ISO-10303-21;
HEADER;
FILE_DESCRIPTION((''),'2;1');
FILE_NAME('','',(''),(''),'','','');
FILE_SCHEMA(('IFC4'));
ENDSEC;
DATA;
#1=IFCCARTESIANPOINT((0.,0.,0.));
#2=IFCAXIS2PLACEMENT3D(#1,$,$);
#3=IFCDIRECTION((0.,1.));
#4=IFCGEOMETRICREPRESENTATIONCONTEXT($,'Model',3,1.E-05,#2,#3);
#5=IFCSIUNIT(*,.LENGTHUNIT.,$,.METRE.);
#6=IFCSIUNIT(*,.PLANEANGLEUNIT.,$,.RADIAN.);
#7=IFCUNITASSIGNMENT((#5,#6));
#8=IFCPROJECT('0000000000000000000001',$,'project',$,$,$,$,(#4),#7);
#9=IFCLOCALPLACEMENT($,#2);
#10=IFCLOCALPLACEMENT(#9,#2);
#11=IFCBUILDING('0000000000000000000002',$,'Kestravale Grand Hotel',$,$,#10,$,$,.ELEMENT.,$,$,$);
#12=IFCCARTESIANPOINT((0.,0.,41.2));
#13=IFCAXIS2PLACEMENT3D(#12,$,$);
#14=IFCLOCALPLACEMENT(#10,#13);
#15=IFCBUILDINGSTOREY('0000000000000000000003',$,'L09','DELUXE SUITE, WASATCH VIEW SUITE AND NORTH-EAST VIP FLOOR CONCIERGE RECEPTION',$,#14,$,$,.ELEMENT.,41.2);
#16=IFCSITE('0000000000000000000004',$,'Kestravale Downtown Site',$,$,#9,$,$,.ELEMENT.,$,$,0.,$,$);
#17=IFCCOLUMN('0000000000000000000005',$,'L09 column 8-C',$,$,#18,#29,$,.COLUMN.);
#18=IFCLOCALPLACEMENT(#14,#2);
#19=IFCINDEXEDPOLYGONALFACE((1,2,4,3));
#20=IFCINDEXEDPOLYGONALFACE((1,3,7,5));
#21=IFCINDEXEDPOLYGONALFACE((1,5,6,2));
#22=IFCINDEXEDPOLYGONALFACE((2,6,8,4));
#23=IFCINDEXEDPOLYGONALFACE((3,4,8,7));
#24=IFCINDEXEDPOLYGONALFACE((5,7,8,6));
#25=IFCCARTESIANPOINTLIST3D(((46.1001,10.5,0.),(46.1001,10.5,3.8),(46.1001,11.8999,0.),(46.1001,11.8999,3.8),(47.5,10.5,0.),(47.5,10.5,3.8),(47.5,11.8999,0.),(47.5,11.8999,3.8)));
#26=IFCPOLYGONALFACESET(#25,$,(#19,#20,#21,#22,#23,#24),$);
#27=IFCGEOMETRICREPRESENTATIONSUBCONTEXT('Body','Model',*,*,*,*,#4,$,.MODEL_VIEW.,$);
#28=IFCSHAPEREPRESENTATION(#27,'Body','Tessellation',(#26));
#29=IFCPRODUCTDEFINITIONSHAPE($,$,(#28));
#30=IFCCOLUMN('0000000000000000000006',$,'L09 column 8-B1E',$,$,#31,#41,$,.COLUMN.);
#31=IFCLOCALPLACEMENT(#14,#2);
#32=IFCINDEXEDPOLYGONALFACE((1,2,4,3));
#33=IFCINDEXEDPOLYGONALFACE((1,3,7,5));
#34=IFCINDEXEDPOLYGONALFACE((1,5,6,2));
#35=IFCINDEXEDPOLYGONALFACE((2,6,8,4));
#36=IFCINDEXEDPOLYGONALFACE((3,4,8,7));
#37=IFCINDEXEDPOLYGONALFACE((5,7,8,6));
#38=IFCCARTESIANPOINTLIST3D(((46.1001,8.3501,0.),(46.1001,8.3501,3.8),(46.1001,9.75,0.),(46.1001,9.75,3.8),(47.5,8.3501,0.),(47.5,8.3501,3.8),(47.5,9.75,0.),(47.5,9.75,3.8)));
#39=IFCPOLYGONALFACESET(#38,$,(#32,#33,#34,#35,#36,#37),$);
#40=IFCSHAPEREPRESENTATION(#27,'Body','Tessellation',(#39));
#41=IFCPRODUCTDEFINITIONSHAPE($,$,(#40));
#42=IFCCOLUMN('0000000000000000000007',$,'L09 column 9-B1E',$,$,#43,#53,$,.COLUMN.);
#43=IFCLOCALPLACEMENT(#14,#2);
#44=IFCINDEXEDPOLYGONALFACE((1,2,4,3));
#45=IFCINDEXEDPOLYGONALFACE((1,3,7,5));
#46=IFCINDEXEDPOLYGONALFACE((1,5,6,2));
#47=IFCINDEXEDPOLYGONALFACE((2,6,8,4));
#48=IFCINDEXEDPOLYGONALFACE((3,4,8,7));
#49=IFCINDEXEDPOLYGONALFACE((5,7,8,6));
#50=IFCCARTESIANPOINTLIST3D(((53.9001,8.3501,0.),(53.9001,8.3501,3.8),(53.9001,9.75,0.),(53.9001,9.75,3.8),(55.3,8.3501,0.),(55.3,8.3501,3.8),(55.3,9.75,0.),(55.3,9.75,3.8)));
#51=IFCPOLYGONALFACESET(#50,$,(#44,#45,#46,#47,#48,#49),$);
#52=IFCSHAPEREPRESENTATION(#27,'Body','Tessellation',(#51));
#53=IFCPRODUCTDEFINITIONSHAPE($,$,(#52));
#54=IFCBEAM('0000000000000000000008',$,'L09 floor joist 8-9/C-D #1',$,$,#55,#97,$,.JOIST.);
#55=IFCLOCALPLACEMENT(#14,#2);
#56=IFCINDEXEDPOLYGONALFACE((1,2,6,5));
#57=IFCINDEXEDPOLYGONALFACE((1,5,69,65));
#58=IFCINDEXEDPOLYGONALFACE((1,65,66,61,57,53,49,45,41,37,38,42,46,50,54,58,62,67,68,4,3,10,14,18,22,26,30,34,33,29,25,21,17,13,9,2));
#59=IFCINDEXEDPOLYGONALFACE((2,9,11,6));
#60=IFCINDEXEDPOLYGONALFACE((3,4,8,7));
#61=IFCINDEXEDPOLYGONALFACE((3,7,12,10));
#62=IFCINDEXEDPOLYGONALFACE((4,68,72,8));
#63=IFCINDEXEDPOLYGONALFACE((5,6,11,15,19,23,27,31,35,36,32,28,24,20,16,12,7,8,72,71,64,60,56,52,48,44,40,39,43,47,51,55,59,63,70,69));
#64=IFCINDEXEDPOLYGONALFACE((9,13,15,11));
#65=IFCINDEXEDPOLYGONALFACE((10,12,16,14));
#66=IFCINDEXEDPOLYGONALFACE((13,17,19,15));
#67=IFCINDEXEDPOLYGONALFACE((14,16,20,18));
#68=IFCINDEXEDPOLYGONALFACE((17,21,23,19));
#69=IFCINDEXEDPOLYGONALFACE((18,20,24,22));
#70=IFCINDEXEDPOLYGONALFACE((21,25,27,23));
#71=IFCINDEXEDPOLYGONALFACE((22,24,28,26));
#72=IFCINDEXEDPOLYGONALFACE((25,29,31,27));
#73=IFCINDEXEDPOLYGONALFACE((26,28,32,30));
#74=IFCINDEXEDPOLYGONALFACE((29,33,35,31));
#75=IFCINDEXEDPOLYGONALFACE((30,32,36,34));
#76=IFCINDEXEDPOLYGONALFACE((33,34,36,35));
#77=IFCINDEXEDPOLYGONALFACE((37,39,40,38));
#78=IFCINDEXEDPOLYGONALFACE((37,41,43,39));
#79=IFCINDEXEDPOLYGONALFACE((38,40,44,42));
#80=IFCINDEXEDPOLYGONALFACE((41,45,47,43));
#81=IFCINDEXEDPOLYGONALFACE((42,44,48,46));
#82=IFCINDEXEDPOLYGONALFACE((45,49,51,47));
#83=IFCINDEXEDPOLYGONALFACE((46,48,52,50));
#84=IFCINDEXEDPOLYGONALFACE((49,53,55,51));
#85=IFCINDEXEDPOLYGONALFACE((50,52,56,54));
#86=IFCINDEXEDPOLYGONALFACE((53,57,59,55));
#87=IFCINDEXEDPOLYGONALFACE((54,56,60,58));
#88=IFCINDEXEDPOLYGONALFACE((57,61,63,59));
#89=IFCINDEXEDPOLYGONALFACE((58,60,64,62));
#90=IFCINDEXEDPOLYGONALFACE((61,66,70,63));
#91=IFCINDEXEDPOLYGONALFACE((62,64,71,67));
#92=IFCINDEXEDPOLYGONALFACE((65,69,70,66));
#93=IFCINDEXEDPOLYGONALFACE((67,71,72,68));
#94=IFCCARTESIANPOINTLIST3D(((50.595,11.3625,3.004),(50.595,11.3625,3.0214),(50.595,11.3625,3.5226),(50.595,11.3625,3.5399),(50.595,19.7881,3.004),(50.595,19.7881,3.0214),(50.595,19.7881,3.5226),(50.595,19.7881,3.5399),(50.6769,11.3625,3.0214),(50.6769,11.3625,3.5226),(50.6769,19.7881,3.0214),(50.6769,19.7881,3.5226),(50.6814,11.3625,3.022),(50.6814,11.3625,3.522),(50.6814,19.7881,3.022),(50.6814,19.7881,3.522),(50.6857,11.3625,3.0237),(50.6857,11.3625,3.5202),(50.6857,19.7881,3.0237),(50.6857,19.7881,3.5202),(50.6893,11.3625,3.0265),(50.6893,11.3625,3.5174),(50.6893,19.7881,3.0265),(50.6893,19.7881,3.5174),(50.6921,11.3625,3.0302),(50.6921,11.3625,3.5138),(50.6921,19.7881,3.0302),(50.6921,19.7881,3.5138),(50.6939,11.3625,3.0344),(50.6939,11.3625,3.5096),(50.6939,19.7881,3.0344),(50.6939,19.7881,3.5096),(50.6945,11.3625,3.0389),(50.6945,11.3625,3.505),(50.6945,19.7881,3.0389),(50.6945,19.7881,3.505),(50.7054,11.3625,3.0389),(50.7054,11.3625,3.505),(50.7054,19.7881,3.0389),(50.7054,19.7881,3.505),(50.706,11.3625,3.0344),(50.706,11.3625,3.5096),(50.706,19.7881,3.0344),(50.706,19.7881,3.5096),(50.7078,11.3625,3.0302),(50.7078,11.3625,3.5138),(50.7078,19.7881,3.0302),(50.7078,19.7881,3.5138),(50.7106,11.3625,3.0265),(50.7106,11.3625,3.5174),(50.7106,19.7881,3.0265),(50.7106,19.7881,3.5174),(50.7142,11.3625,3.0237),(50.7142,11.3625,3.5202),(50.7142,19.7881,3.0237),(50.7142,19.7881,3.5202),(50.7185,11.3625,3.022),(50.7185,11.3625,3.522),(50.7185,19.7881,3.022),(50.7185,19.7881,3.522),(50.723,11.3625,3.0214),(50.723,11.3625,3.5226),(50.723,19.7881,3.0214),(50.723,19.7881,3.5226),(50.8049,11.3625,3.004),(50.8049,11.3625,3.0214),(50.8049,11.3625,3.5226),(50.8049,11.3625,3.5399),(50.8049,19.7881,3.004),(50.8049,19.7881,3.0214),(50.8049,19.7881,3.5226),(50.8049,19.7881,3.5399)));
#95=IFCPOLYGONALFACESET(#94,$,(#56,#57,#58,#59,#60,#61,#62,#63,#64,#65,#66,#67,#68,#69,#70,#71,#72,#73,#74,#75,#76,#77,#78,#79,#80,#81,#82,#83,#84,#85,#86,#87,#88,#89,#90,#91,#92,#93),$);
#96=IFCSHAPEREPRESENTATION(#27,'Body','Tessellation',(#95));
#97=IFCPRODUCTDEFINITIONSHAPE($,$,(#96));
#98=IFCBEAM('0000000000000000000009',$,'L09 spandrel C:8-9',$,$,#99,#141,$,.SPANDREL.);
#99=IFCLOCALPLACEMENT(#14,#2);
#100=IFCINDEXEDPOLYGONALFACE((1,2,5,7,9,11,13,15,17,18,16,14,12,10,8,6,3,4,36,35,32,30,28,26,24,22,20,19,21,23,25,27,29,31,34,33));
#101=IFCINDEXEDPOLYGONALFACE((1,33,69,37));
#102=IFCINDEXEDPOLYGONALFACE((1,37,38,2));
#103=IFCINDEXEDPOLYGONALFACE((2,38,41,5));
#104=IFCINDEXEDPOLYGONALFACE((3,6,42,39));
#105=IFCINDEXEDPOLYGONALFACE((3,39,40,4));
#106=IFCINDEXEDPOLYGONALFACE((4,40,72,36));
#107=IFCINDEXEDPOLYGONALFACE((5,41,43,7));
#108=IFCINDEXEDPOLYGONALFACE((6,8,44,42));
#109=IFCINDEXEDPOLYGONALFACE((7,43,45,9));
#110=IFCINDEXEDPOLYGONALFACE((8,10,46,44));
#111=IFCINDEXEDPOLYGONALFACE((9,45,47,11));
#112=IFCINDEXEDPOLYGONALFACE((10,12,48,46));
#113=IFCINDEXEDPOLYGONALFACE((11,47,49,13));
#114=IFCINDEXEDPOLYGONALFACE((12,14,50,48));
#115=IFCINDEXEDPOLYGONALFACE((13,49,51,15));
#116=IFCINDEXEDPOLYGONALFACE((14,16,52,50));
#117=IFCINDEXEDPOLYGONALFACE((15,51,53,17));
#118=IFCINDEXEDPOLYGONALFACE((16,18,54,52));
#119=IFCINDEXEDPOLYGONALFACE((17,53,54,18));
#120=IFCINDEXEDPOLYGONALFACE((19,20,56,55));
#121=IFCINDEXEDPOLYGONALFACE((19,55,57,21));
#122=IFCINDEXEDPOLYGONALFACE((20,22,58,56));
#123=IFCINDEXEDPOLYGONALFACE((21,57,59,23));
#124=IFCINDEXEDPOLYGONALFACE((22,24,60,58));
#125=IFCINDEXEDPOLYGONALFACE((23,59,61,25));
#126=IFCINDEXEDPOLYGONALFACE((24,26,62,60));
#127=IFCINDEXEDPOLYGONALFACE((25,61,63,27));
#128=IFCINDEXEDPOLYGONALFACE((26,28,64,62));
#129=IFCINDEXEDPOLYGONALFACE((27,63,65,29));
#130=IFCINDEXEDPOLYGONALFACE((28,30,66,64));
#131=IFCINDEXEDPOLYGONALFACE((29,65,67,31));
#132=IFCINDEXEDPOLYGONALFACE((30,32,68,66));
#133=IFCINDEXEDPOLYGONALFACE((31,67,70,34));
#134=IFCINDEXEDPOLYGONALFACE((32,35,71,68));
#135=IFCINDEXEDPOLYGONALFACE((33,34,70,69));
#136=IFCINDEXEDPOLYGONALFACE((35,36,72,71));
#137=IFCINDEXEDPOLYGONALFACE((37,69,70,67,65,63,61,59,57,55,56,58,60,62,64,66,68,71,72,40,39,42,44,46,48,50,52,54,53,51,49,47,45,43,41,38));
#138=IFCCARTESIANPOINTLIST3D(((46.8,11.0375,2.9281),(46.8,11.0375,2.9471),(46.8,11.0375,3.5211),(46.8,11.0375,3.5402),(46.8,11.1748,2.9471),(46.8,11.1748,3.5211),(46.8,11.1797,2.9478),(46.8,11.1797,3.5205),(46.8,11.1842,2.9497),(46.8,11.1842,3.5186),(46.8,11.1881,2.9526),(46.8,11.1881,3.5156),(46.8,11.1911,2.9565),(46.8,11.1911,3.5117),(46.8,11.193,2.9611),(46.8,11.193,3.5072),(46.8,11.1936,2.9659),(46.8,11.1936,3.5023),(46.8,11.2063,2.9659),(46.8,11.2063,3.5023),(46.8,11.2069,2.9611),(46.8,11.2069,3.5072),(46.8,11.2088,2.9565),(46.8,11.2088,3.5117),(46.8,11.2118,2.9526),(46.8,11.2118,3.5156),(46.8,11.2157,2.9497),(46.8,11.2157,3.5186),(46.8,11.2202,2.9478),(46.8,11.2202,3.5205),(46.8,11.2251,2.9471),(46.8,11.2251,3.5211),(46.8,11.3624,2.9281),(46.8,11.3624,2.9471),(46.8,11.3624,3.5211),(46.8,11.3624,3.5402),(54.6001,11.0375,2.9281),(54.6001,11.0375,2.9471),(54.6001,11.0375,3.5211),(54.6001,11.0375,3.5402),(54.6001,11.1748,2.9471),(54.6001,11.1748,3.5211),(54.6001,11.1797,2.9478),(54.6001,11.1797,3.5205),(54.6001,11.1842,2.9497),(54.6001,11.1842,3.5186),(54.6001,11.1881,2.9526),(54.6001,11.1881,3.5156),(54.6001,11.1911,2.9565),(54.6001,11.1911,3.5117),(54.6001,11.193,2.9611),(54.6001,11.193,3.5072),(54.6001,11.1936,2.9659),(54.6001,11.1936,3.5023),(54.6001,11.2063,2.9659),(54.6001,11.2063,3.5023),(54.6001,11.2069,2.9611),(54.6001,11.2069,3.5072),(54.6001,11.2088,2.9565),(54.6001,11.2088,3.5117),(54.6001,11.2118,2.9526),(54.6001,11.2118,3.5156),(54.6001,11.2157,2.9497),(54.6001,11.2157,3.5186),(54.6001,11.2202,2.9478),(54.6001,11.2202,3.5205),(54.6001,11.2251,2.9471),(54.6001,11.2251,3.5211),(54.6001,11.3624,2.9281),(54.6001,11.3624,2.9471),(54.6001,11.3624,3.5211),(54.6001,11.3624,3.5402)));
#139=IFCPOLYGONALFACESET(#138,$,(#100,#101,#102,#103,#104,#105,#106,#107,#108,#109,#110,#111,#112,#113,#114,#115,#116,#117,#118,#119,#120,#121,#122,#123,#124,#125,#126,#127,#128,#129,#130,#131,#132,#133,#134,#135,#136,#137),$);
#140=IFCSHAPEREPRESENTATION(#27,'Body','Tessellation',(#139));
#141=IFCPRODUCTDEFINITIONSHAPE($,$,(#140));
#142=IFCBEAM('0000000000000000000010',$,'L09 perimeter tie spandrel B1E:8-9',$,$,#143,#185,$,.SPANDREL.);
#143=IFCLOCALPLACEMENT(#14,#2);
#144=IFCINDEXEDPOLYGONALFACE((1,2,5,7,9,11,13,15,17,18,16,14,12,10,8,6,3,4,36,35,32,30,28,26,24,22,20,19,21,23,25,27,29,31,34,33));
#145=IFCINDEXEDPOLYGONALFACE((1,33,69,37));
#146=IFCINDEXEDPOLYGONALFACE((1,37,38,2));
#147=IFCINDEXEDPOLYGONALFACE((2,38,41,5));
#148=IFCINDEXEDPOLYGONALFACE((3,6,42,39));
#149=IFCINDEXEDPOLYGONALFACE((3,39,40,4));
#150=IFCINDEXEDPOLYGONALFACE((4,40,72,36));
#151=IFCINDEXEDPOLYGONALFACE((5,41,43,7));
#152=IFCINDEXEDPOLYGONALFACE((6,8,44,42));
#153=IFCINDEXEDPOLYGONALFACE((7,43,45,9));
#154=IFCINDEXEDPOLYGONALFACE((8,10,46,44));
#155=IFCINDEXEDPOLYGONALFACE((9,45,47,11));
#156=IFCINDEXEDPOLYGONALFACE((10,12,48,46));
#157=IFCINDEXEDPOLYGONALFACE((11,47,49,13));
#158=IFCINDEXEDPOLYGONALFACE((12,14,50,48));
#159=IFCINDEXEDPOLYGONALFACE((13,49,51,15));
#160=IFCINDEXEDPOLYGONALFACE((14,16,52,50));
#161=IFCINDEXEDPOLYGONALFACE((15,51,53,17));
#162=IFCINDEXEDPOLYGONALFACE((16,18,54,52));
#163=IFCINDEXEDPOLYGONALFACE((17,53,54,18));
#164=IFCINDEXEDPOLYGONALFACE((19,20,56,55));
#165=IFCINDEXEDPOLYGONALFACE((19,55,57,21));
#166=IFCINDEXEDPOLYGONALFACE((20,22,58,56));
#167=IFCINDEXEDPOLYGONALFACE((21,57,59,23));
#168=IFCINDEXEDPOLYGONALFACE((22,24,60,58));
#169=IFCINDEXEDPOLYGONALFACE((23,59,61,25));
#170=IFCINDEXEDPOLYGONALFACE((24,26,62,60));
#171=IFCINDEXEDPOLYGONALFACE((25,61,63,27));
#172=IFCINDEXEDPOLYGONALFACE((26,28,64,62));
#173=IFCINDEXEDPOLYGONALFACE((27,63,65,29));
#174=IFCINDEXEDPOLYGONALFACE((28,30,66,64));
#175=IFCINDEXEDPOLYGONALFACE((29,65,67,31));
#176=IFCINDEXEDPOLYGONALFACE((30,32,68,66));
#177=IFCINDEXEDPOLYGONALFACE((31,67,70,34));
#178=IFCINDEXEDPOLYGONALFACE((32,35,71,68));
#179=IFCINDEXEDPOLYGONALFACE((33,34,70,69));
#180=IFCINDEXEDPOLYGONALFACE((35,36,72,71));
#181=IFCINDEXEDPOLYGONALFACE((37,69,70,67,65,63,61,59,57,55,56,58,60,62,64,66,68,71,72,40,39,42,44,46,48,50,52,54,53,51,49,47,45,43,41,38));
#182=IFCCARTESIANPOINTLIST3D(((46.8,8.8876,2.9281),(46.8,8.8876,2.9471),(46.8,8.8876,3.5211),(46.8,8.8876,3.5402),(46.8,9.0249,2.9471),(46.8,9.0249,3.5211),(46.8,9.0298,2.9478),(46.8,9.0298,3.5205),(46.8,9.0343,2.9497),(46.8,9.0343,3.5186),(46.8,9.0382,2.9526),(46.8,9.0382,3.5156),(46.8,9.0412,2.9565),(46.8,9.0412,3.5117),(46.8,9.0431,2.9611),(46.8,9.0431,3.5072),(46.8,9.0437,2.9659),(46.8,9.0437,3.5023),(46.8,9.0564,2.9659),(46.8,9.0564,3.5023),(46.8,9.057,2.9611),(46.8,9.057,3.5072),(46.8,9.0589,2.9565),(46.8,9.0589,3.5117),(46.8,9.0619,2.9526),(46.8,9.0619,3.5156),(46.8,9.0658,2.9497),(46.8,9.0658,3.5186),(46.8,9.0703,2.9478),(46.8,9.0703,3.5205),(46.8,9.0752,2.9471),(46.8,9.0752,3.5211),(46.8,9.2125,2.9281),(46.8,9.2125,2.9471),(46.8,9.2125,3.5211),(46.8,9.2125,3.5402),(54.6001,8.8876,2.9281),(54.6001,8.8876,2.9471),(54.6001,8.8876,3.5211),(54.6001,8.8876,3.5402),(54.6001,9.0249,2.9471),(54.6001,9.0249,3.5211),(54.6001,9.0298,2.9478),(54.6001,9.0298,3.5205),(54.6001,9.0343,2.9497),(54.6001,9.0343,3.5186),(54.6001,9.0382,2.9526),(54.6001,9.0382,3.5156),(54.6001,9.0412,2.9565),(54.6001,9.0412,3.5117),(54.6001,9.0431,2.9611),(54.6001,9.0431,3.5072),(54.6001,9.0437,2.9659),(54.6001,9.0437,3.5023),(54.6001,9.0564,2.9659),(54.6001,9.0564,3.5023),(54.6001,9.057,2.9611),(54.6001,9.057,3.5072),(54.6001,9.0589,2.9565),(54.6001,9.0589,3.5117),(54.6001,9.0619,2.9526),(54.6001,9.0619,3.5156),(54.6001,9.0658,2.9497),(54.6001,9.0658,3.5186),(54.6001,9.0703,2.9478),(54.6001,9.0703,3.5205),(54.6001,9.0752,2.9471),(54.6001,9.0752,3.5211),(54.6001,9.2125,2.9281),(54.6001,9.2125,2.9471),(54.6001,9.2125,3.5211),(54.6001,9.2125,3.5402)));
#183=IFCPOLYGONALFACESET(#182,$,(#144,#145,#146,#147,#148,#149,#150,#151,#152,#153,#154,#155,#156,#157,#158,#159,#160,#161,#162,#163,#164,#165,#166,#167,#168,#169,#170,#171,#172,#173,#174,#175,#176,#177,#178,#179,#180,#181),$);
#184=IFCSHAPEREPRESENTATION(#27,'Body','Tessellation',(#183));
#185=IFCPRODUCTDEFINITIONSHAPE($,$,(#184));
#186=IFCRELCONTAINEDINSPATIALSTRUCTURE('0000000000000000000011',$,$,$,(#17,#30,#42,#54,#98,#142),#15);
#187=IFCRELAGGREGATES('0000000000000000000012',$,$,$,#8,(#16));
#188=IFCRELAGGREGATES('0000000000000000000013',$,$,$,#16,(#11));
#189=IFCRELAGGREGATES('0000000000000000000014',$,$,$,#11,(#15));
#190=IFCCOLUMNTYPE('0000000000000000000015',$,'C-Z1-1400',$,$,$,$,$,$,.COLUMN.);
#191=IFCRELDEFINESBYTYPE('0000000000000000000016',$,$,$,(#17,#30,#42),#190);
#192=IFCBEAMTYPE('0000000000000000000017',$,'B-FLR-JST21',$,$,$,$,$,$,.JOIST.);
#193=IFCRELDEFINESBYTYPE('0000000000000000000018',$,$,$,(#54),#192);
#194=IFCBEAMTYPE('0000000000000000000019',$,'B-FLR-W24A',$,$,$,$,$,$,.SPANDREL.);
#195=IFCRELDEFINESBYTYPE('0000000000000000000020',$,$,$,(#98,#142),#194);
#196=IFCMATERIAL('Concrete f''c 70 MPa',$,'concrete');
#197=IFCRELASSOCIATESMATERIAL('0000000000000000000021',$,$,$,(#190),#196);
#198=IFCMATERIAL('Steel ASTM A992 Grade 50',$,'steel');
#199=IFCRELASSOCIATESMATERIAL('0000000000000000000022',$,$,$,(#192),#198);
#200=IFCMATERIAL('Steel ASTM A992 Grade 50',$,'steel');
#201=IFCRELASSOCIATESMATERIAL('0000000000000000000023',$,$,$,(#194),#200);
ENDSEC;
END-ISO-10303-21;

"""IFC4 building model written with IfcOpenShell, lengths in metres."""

from ifc_helpers import new_model, si_unit, direction, frame, origin, origin_2d, place, context, subcontext, project, spatial, rectangle, i_section, extrude, material, material_profile, profile_set, type_object, element, save


model = new_model("IFC4")

# Units and contexts
model_context = context("Model", 3, precision=1e-05, world=origin(), true_north=direction((0.0, 1.0)))
body_context = subcontext(model_context, "Body", "Model", "MODEL_VIEW")
ifc_project = project(units=[si_unit("LENGTHUNIT", "METRE"), si_unit("PLANEANGLEUNIT", "RADIAN")], contexts=[model_context])

# Site, building, storey
site_placement = place(None, origin())
site = spatial("IfcSite", under=ifc_project, at=site_placement, Name="Kestravale Downtown Site", CompositionType="ELEMENT", RefElevation=0.0)
building_placement = place(site_placement, origin())
building = spatial("IfcBuilding", under=site, at=building_placement, Name="Kestravale Grand Hotel", CompositionType="ELEMENT")
storey_placement = place(building_placement, frame((0.0, 0.0, 41.2)))
storey = spatial("IfcBuildingStorey", under=building, at=storey_placement, Name="L09", Description="DELUXE SUITE, WASATCH VIEW SUITE AND NORTH-EAST VIP FLOOR CONCIERGE RECEPTION", CompositionType="ELEMENT", Elevation=41.2)

# Columns
ifc_material_1 = material(Name="Concrete f'c 70 MPa", Category="concrete")
ifc_material_profile_1 = material_profile(ifc_material_1, rectangle(XDim=1.3999, YDim=1.3999, at=origin_2d()))
ifc_profile_set_1 = profile_set([ifc_material_profile_1], Name="Concrete f'c 70 MPa")
column_type = type_object("IfcColumnType", Name="C-Z1-1400", PredefinedType="COLUMN", material=ifc_profile_set_1)
for number, where, z_axis, x_axis, name in (
    (1, (46.8, 11.2, 0.0), (0.0, 0.0, 1.0), (1.0, 0.0, 0.0), "L09 column 8-C"),
    (2, (46.8, 9.05, 0.0), (0.0, 0.0, 1.0), (1.0, 0.0, 0.0), "L09 column 8-B1E"),
    (3, (54.6001, 9.05, 0.0), (0.0, 0.0, 1.0), (1.0, 0.0, 0.0), "L09 column 9-B1E"),
):
    element("IfcColumn", number, at=place(storey_placement, frame(where, z_axis=z_axis, x_axis=x_axis)), inside=storey, type_object=column_type, Name=name, PredefinedType="COLUMN", context=body_context, shape_type="SweptSolid", body=[
        extrude(rectangle(XDim=1.3999, YDim=1.3999, at=origin_2d()), origin(), (0.0, 0.0, 1.0), 3.8),
    ])

# Beams
ifc_material_2 = material(Name="Steel ASTM A992 Grade 50", Category="steel")
ifc_material_profile_2 = material_profile(ifc_material_2, i_section(OverallWidth=0.21, OverallDepth=0.5359, WebThickness=0.011, FlangeThickness=0.0173, FilletRadius=0.0176, at=origin_2d()))
ifc_profile_set_2 = profile_set([ifc_material_profile_2], Name="Steel ASTM A992 Grade 50")
beam_type_1 = type_object("IfcBeamType", Name="B-FLR-JST21", PredefinedType="JOIST", material=ifc_profile_set_2)
beam_1_placement = place(storey_placement, frame((50.7, 11.3625, 3.272), z_axis=(0.0, 1.0, 0.0), x_axis=(-1.0, 0.0, 0.0)))
element("IfcBeam", 4, at=beam_1_placement, inside=storey, type_object=beam_type_1, Name="L09 floor joist 8-9/C-D #1", PredefinedType="JOIST", context=body_context, shape_type="SweptSolid", body=[
    extrude(i_section(OverallWidth=0.21, OverallDepth=0.5359, WebThickness=0.011, FlangeThickness=0.0173, FilletRadius=0.0176, at=origin_2d()), origin(), (0.0, 0.0, 1.0), 8.4255),
])
ifc_material_3 = material(Name="Steel ASTM A992 Grade 50", Category="steel")
ifc_material_profile_3 = material_profile(ifc_material_3, i_section(OverallWidth=0.325, OverallDepth=0.6121, WebThickness=0.0127, FlangeThickness=0.019, FilletRadius=0.0188, at=origin_2d()))
ifc_profile_set_3 = profile_set([ifc_material_profile_3], Name="Steel ASTM A992 Grade 50")
beam_type_2 = type_object("IfcBeamType", Name="B-FLR-W24A", PredefinedType="SPANDREL", material=ifc_profile_set_3)
for number, where, z_axis, x_axis, name in (
    (5, (46.8, 11.2, 3.2341), (1.0, 0.0, 0.0), (0.0, 1.0, 0.0), "L09 spandrel C:8-9"),
    (6, (46.8, 9.05, 3.2341), (1.0, 0.0, 0.0), (0.0, 1.0, 0.0), "L09 perimeter tie spandrel B1E:8-9"),
):
    element("IfcBeam", number, at=place(storey_placement, frame(where, z_axis=z_axis, x_axis=x_axis)), inside=storey, type_object=beam_type_2, Name=name, PredefinedType="SPANDREL", context=body_context, shape_type="SweptSolid", body=[
        extrude(i_section(OverallWidth=0.325, OverallDepth=0.6121, WebThickness=0.0127, FlangeThickness=0.019, FilletRadius=0.0188, at=origin_2d()), origin(), (0.0, 0.0, 1.0), 7.8),
    ])

save(model, "model.ifc")
